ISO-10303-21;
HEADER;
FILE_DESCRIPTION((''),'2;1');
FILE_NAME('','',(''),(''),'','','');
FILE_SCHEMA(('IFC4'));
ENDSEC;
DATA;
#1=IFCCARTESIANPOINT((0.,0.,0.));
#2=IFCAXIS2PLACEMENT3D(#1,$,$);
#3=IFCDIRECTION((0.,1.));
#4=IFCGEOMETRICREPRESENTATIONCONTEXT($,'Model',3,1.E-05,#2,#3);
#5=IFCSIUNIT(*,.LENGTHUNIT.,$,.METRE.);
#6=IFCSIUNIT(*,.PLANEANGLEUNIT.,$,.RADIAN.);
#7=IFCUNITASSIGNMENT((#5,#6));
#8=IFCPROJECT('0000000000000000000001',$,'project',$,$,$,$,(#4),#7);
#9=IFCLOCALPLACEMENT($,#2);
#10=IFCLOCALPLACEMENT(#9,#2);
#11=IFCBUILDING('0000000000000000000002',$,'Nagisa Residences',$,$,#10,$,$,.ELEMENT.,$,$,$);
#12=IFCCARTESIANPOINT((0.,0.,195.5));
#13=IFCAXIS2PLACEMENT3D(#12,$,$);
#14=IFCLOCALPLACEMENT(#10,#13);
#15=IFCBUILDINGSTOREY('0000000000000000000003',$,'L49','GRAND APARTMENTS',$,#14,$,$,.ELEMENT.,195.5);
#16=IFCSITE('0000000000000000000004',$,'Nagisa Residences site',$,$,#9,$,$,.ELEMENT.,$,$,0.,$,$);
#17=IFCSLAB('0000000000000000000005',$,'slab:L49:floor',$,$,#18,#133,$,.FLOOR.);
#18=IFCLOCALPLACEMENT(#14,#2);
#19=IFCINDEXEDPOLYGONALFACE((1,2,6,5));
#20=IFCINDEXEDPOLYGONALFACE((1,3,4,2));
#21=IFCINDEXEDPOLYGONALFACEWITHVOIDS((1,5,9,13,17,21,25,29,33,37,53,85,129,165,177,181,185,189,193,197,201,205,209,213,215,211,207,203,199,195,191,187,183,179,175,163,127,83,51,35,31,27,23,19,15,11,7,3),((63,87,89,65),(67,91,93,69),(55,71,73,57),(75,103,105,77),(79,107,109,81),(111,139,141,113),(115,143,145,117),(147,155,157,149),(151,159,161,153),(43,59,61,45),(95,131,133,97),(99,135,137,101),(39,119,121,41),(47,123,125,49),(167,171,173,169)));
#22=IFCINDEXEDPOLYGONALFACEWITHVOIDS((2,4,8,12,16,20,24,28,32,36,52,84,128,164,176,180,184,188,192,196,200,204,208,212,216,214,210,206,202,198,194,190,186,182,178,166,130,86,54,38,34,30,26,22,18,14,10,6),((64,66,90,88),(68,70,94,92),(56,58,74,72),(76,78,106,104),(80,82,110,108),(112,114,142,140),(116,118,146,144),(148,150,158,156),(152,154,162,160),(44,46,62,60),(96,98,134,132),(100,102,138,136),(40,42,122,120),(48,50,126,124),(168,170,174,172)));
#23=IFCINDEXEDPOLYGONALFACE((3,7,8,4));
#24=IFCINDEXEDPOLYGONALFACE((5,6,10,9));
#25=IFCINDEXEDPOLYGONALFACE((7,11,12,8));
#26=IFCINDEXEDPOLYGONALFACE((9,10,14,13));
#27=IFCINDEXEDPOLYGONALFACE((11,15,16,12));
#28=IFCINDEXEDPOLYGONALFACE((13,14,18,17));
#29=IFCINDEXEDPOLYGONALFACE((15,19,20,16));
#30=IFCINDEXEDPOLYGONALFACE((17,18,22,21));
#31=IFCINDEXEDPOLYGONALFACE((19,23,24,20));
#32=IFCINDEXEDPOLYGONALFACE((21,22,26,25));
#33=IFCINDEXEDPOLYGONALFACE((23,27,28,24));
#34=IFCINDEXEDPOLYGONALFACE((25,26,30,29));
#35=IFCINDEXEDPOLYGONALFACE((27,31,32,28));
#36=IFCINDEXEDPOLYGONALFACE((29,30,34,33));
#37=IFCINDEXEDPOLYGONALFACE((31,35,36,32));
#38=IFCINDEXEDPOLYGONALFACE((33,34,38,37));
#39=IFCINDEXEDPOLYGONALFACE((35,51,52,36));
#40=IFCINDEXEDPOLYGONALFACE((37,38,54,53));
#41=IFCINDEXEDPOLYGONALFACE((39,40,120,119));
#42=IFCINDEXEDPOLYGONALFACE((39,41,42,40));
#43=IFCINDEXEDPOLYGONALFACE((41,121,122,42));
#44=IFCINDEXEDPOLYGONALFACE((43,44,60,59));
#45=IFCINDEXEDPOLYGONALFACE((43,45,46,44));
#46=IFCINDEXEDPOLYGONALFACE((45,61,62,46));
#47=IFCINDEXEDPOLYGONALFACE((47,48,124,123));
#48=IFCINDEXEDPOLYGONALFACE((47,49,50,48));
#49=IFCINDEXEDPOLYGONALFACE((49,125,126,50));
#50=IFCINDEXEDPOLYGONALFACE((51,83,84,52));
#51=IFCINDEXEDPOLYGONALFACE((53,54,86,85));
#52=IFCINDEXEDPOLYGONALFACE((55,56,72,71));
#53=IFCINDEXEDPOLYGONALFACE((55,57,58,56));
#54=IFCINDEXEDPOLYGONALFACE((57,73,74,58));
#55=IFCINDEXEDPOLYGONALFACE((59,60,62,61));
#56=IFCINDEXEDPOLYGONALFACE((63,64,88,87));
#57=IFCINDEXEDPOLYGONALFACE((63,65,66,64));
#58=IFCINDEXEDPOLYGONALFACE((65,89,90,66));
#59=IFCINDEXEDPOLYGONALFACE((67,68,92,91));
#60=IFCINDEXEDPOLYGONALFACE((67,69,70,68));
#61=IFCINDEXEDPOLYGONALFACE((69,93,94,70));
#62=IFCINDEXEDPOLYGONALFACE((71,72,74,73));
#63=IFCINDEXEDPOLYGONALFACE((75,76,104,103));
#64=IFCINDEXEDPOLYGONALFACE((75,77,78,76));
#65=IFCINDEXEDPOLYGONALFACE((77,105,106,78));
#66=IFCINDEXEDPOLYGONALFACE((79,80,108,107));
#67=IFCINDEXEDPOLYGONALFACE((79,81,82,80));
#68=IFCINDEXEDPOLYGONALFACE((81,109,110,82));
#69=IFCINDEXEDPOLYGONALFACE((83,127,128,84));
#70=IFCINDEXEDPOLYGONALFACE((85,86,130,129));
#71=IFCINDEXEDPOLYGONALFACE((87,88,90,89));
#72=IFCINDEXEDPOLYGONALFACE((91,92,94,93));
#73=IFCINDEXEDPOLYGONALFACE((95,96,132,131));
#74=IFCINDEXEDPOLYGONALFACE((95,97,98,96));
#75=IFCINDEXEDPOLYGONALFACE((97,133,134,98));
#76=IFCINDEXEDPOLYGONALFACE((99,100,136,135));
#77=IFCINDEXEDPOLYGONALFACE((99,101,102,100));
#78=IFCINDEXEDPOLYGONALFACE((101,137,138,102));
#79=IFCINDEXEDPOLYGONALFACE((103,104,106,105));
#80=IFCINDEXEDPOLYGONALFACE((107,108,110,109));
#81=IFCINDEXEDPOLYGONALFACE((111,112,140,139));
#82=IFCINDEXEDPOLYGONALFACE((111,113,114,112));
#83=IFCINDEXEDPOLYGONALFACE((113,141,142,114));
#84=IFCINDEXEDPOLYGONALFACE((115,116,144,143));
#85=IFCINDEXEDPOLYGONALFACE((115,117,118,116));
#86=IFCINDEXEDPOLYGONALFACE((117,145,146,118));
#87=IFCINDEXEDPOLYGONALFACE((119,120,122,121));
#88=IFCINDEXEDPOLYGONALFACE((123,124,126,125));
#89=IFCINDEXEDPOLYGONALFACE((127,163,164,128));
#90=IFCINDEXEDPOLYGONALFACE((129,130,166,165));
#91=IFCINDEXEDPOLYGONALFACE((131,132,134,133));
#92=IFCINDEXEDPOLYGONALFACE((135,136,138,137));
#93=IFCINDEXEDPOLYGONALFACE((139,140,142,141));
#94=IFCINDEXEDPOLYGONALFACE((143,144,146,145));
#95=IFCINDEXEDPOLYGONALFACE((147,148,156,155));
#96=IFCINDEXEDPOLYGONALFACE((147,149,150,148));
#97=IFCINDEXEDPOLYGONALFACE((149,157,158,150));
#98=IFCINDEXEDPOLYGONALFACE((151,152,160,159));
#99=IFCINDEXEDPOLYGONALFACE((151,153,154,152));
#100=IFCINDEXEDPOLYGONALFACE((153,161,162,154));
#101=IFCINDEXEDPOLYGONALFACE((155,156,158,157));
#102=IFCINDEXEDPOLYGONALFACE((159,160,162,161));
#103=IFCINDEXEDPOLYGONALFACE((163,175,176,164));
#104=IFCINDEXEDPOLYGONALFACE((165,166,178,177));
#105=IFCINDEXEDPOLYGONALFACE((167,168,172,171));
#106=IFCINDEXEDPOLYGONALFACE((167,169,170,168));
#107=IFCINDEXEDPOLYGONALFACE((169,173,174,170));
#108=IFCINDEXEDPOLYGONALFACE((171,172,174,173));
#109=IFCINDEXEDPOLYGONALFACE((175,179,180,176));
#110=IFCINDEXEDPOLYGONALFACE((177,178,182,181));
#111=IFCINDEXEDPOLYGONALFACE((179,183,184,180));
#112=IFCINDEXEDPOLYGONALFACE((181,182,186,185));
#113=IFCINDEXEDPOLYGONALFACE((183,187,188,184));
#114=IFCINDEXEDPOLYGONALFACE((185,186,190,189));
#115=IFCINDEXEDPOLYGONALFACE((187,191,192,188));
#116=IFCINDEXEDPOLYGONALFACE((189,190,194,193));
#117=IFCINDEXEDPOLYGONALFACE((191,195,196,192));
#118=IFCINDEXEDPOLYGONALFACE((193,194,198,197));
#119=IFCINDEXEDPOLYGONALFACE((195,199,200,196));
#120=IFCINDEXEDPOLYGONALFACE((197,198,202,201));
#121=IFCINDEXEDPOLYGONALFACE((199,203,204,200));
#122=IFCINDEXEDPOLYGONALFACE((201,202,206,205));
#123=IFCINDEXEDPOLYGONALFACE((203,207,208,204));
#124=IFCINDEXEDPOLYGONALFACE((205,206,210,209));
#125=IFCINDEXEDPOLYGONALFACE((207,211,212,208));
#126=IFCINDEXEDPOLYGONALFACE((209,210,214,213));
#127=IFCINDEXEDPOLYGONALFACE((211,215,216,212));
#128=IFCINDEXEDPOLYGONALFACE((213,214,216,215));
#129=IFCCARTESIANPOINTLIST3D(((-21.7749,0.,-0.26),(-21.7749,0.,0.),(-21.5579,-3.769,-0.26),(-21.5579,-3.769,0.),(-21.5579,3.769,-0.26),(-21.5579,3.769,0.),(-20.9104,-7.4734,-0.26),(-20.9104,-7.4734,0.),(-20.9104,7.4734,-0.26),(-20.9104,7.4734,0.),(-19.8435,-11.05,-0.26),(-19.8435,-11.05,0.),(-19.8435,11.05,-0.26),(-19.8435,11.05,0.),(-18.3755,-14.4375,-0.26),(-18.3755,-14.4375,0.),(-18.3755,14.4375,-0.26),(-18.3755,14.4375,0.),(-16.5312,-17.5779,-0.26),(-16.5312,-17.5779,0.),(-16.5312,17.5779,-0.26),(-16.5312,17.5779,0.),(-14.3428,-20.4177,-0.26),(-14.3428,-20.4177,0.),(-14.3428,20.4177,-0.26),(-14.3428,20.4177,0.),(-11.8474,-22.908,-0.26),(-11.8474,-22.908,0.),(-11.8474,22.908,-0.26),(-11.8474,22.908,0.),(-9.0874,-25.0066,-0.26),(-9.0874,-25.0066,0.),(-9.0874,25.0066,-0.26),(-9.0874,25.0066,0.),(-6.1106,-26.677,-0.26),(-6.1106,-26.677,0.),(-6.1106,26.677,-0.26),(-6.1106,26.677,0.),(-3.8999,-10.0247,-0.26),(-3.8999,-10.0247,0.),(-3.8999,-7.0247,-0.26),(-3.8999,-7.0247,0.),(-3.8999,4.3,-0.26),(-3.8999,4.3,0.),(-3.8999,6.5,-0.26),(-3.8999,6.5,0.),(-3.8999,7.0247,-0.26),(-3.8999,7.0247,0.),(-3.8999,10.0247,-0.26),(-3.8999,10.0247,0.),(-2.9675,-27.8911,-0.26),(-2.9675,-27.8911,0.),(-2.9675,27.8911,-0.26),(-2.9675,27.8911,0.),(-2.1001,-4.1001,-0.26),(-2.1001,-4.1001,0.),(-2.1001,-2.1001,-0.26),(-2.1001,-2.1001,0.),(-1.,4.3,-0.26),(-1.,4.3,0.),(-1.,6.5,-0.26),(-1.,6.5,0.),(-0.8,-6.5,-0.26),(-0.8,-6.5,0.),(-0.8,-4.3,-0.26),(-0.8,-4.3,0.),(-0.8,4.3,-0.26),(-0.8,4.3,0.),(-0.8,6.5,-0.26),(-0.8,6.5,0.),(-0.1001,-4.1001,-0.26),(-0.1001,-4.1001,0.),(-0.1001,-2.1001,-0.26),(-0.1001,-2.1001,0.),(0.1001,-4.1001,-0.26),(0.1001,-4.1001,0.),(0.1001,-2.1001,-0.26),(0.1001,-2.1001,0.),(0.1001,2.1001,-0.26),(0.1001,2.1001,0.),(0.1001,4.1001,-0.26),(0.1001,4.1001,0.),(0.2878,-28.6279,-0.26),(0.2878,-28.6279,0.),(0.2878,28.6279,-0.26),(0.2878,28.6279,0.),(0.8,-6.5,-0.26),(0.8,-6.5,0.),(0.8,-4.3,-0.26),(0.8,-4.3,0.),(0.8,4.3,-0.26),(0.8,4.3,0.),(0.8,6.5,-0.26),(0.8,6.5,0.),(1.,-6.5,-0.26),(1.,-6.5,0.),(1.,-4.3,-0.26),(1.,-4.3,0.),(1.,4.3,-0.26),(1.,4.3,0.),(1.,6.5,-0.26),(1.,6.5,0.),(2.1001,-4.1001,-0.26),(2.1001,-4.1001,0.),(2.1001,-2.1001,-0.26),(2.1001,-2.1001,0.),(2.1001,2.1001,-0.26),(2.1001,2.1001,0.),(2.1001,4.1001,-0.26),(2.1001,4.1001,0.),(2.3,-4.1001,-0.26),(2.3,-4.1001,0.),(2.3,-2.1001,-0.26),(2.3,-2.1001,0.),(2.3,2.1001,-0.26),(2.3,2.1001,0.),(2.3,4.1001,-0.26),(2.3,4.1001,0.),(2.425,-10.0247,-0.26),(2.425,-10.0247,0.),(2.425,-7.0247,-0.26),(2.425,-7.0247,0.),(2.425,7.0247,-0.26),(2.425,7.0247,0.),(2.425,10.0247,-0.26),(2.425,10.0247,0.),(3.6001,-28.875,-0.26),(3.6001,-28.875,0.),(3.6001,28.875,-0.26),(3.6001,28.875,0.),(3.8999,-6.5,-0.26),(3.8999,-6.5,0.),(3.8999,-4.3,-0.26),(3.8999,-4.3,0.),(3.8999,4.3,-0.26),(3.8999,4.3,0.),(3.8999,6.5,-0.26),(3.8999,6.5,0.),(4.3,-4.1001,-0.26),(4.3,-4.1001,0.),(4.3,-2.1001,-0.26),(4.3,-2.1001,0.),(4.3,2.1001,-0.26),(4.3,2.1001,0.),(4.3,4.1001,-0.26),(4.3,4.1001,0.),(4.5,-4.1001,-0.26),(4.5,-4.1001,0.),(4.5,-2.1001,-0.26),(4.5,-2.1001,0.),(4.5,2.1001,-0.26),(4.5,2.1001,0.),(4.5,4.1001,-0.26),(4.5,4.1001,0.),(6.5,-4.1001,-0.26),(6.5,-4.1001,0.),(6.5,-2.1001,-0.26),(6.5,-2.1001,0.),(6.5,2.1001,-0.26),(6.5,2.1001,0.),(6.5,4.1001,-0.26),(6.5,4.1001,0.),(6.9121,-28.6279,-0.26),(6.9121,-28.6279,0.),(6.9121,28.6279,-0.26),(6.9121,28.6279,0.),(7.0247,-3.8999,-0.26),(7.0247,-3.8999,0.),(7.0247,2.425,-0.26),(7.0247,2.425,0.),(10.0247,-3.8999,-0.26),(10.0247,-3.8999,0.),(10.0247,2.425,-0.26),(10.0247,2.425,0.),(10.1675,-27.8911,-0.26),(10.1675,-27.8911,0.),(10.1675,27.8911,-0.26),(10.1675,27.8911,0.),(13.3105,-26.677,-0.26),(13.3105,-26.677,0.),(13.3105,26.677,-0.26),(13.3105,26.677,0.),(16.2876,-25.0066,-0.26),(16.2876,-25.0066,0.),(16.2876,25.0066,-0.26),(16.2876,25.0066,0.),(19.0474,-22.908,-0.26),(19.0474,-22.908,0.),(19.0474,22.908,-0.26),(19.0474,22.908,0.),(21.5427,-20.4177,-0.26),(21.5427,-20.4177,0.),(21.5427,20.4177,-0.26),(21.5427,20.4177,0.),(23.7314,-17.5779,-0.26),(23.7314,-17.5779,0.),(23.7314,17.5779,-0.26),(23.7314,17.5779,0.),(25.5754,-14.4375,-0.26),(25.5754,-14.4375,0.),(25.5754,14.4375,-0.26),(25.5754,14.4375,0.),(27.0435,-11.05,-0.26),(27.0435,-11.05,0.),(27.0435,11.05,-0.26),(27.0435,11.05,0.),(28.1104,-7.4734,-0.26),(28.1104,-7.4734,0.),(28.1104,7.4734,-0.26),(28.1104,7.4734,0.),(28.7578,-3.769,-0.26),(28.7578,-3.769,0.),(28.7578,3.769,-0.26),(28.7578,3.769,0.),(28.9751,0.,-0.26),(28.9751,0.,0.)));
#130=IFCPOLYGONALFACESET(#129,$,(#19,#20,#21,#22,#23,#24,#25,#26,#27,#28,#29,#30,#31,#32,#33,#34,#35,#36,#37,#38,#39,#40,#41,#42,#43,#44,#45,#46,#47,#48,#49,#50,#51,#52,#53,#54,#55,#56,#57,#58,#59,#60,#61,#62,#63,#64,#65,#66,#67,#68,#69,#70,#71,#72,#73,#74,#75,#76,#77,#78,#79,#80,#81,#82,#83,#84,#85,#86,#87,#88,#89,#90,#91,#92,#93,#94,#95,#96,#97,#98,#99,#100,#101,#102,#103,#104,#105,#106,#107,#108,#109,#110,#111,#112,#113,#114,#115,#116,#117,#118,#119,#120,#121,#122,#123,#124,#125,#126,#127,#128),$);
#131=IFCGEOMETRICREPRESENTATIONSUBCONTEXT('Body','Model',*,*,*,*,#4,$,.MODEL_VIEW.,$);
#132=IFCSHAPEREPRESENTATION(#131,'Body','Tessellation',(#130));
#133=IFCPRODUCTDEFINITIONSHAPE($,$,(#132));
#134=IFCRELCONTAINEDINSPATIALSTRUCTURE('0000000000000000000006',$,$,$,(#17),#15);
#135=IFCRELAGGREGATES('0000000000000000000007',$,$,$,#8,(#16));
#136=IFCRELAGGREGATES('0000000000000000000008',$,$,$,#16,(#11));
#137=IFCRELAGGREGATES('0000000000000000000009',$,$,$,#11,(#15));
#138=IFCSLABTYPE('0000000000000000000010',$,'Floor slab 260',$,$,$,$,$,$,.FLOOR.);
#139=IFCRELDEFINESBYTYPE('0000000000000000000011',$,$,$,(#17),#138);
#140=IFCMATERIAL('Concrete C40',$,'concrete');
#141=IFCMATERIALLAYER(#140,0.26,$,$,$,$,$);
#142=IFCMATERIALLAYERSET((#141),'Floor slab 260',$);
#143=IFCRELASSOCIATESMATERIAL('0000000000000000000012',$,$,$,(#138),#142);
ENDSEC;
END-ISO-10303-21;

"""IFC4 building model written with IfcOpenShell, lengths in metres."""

from ifc_helpers import new_model, si_unit, direction, frame, origin, place, context, subcontext, project, spatial, polyline, outline, extrude, material, layer, layer_set, type_object, element, save


model = new_model("IFC4")

# Units and contexts
model_context = context("Model", 3, precision=1e-05, world=origin(), true_north=direction((0.0, 1.0)))
body_context = subcontext(model_context, "Body", "Model", "MODEL_VIEW")
ifc_project = project(units=[si_unit("LENGTHUNIT", "METRE"), si_unit("PLANEANGLEUNIT", "RADIAN")], contexts=[model_context])

# Site, building, storey
site_placement = place(None, origin())
site = spatial("IfcSite", under=ifc_project, at=site_placement, Name="Nagisa Residences site", CompositionType="ELEMENT", RefElevation=0.0)
building_placement = place(site_placement, origin())
building = spatial("IfcBuilding", under=site, at=building_placement, Name="Nagisa Residences", CompositionType="ELEMENT")
storey_placement = place(building_placement, frame((0.0, 0.0, 195.5)))
storey = spatial("IfcBuildingStorey", under=building, at=storey_placement, Name="L49", Description="GRAND APARTMENTS", CompositionType="ELEMENT", Elevation=195.5)

# Slab
ifc_material_1 = material(Name="Concrete C40", Category="concrete")
ifc_layer_1 = layer(ifc_material_1, 0.26)
ifc_layer_set_1 = layer_set([ifc_layer_1], Name="Floor slab 260")
slab_type_1 = type_object("IfcSlabType", Name="Floor slab 260", PredefinedType="FLOOR", material=ifc_layer_set_1)
slab_1_placement = place(storey_placement, frame((0.0, 0.0, -0.26)))
element("IfcSlab", 1, at=slab_1_placement, inside=storey, type_object=slab_type_1, Name="slab:L49:floor", PredefinedType="FLOOR", context=body_context, shape_type="SweptSolid", body=[
    extrude(outline(polyline([(28.9751, 0.0), (28.7578, 3.769), (28.1104, 7.4734), (27.0435, 11.05), (25.5754, 14.4375), (23.7314, 17.5779), (21.5427, 20.4177), (19.0474, 22.908), (16.2876, 25.0066), (13.3105, 26.677), (10.1675, 27.8911), (6.9121, 28.6279), (3.6001, 28.875), (0.2878, 28.6279), (-2.9675, 27.8911), (-6.1106, 26.677), (-9.0874, 25.0066), (-11.8474, 22.908), (-14.3428, 20.4177), (-16.5312, 17.5779), (-18.3755, 14.4375), (-19.8435, 11.05), (-20.9104, 7.4734), (-21.5579, 3.769), (-21.7749, 0.0), (-21.5579, -3.769), (-20.9104, -7.4734), (-19.8435, -11.05), (-18.3755, -14.4375), (-16.5312, -17.5779), (-14.3428, -20.4177), (-11.8474, -22.908), (-9.0874, -25.0066), (-6.1106, -26.677), (-2.9675, -27.8911), (0.2878, -28.6279), (3.6001, -28.875), (6.9121, -28.6279), (10.1675, -27.8911), (13.3105, -26.677), (16.2876, -25.0066), (19.0474, -22.908), (21.5427, -20.4177), (23.7314, -17.5779), (25.5754, -14.4375), (27.0435, -11.05), (28.1104, -7.4734), (28.7578, -3.769), (28.9751, 0.0)]), holes=[polyline([(2.1001, 2.1001), (2.1001, 4.1001), (0.1001, 4.1001), (0.1001, 2.1001), (2.1001, 2.1001)]), polyline([(4.3, 2.1001), (4.3, 4.1001), (2.3, 4.1001), (2.3, 2.1001), (4.3, 2.1001)]), polyline([(6.5, 2.1001), (6.5, 4.1001), (4.5, 4.1001), (4.5, 2.1001), (6.5, 2.1001)]), polyline([(-0.1001, -4.1001), (-0.1001, -2.1001), (-2.1001, -2.1001), (-2.1001, -4.1001), (-0.1001, -4.1001)]), polyline([(2.1001, -4.1001), (2.1001, -2.1001), (0.1001, -2.1001), (0.1001, -4.1001), (2.1001, -4.1001)]), polyline([(4.3, -4.1001), (4.3, -2.1001), (2.3, -2.1001), (2.3, -4.1001), (4.3, -4.1001)]), polyline([(6.5, -4.1001), (6.5, -2.1001), (4.5, -2.1001), (4.5, -4.1001), (6.5, -4.1001)]), polyline([(3.8999, 4.3), (3.8999, 6.5), (1.0, 6.5), (1.0, 4.3), (3.8999, 4.3)]), polyline([(3.8999, -6.5), (3.8999, -4.3), (1.0, -4.3), (1.0, -6.5), (3.8999, -6.5)]), polyline([(-1.0, 4.3), (-1.0, 6.5), (-3.8999, 6.5), (-3.8999, 4.3), (-1.0, 4.3)]), polyline([(0.8, 4.3), (0.8, 6.5), (-0.8, 6.5), (-0.8, 4.3), (0.8, 4.3)]), polyline([(0.8, -6.5), (0.8, -4.3), (-0.8, -4.3), (-0.8, -6.5), (0.8, -6.5)]), polyline([(10.0247, -3.8999), (7.0247, -3.8999), (7.0247, 2.425), (10.0247, 2.425), (10.0247, -3.8999)]), polyline([(-3.8999, 7.0247), (-3.8999, 10.0247), (2.425, 10.0247), (2.425, 7.0247), (-3.8999, 7.0247)]), polyline([(-3.8999, -10.0247), (-3.8999, -7.0247), (2.425, -7.0247), (2.425, -10.0247), (-3.8999, -10.0247)])]), origin(), (0.0, 0.0, 1.0), 0.26),
])

save(model, "model.ifc")
